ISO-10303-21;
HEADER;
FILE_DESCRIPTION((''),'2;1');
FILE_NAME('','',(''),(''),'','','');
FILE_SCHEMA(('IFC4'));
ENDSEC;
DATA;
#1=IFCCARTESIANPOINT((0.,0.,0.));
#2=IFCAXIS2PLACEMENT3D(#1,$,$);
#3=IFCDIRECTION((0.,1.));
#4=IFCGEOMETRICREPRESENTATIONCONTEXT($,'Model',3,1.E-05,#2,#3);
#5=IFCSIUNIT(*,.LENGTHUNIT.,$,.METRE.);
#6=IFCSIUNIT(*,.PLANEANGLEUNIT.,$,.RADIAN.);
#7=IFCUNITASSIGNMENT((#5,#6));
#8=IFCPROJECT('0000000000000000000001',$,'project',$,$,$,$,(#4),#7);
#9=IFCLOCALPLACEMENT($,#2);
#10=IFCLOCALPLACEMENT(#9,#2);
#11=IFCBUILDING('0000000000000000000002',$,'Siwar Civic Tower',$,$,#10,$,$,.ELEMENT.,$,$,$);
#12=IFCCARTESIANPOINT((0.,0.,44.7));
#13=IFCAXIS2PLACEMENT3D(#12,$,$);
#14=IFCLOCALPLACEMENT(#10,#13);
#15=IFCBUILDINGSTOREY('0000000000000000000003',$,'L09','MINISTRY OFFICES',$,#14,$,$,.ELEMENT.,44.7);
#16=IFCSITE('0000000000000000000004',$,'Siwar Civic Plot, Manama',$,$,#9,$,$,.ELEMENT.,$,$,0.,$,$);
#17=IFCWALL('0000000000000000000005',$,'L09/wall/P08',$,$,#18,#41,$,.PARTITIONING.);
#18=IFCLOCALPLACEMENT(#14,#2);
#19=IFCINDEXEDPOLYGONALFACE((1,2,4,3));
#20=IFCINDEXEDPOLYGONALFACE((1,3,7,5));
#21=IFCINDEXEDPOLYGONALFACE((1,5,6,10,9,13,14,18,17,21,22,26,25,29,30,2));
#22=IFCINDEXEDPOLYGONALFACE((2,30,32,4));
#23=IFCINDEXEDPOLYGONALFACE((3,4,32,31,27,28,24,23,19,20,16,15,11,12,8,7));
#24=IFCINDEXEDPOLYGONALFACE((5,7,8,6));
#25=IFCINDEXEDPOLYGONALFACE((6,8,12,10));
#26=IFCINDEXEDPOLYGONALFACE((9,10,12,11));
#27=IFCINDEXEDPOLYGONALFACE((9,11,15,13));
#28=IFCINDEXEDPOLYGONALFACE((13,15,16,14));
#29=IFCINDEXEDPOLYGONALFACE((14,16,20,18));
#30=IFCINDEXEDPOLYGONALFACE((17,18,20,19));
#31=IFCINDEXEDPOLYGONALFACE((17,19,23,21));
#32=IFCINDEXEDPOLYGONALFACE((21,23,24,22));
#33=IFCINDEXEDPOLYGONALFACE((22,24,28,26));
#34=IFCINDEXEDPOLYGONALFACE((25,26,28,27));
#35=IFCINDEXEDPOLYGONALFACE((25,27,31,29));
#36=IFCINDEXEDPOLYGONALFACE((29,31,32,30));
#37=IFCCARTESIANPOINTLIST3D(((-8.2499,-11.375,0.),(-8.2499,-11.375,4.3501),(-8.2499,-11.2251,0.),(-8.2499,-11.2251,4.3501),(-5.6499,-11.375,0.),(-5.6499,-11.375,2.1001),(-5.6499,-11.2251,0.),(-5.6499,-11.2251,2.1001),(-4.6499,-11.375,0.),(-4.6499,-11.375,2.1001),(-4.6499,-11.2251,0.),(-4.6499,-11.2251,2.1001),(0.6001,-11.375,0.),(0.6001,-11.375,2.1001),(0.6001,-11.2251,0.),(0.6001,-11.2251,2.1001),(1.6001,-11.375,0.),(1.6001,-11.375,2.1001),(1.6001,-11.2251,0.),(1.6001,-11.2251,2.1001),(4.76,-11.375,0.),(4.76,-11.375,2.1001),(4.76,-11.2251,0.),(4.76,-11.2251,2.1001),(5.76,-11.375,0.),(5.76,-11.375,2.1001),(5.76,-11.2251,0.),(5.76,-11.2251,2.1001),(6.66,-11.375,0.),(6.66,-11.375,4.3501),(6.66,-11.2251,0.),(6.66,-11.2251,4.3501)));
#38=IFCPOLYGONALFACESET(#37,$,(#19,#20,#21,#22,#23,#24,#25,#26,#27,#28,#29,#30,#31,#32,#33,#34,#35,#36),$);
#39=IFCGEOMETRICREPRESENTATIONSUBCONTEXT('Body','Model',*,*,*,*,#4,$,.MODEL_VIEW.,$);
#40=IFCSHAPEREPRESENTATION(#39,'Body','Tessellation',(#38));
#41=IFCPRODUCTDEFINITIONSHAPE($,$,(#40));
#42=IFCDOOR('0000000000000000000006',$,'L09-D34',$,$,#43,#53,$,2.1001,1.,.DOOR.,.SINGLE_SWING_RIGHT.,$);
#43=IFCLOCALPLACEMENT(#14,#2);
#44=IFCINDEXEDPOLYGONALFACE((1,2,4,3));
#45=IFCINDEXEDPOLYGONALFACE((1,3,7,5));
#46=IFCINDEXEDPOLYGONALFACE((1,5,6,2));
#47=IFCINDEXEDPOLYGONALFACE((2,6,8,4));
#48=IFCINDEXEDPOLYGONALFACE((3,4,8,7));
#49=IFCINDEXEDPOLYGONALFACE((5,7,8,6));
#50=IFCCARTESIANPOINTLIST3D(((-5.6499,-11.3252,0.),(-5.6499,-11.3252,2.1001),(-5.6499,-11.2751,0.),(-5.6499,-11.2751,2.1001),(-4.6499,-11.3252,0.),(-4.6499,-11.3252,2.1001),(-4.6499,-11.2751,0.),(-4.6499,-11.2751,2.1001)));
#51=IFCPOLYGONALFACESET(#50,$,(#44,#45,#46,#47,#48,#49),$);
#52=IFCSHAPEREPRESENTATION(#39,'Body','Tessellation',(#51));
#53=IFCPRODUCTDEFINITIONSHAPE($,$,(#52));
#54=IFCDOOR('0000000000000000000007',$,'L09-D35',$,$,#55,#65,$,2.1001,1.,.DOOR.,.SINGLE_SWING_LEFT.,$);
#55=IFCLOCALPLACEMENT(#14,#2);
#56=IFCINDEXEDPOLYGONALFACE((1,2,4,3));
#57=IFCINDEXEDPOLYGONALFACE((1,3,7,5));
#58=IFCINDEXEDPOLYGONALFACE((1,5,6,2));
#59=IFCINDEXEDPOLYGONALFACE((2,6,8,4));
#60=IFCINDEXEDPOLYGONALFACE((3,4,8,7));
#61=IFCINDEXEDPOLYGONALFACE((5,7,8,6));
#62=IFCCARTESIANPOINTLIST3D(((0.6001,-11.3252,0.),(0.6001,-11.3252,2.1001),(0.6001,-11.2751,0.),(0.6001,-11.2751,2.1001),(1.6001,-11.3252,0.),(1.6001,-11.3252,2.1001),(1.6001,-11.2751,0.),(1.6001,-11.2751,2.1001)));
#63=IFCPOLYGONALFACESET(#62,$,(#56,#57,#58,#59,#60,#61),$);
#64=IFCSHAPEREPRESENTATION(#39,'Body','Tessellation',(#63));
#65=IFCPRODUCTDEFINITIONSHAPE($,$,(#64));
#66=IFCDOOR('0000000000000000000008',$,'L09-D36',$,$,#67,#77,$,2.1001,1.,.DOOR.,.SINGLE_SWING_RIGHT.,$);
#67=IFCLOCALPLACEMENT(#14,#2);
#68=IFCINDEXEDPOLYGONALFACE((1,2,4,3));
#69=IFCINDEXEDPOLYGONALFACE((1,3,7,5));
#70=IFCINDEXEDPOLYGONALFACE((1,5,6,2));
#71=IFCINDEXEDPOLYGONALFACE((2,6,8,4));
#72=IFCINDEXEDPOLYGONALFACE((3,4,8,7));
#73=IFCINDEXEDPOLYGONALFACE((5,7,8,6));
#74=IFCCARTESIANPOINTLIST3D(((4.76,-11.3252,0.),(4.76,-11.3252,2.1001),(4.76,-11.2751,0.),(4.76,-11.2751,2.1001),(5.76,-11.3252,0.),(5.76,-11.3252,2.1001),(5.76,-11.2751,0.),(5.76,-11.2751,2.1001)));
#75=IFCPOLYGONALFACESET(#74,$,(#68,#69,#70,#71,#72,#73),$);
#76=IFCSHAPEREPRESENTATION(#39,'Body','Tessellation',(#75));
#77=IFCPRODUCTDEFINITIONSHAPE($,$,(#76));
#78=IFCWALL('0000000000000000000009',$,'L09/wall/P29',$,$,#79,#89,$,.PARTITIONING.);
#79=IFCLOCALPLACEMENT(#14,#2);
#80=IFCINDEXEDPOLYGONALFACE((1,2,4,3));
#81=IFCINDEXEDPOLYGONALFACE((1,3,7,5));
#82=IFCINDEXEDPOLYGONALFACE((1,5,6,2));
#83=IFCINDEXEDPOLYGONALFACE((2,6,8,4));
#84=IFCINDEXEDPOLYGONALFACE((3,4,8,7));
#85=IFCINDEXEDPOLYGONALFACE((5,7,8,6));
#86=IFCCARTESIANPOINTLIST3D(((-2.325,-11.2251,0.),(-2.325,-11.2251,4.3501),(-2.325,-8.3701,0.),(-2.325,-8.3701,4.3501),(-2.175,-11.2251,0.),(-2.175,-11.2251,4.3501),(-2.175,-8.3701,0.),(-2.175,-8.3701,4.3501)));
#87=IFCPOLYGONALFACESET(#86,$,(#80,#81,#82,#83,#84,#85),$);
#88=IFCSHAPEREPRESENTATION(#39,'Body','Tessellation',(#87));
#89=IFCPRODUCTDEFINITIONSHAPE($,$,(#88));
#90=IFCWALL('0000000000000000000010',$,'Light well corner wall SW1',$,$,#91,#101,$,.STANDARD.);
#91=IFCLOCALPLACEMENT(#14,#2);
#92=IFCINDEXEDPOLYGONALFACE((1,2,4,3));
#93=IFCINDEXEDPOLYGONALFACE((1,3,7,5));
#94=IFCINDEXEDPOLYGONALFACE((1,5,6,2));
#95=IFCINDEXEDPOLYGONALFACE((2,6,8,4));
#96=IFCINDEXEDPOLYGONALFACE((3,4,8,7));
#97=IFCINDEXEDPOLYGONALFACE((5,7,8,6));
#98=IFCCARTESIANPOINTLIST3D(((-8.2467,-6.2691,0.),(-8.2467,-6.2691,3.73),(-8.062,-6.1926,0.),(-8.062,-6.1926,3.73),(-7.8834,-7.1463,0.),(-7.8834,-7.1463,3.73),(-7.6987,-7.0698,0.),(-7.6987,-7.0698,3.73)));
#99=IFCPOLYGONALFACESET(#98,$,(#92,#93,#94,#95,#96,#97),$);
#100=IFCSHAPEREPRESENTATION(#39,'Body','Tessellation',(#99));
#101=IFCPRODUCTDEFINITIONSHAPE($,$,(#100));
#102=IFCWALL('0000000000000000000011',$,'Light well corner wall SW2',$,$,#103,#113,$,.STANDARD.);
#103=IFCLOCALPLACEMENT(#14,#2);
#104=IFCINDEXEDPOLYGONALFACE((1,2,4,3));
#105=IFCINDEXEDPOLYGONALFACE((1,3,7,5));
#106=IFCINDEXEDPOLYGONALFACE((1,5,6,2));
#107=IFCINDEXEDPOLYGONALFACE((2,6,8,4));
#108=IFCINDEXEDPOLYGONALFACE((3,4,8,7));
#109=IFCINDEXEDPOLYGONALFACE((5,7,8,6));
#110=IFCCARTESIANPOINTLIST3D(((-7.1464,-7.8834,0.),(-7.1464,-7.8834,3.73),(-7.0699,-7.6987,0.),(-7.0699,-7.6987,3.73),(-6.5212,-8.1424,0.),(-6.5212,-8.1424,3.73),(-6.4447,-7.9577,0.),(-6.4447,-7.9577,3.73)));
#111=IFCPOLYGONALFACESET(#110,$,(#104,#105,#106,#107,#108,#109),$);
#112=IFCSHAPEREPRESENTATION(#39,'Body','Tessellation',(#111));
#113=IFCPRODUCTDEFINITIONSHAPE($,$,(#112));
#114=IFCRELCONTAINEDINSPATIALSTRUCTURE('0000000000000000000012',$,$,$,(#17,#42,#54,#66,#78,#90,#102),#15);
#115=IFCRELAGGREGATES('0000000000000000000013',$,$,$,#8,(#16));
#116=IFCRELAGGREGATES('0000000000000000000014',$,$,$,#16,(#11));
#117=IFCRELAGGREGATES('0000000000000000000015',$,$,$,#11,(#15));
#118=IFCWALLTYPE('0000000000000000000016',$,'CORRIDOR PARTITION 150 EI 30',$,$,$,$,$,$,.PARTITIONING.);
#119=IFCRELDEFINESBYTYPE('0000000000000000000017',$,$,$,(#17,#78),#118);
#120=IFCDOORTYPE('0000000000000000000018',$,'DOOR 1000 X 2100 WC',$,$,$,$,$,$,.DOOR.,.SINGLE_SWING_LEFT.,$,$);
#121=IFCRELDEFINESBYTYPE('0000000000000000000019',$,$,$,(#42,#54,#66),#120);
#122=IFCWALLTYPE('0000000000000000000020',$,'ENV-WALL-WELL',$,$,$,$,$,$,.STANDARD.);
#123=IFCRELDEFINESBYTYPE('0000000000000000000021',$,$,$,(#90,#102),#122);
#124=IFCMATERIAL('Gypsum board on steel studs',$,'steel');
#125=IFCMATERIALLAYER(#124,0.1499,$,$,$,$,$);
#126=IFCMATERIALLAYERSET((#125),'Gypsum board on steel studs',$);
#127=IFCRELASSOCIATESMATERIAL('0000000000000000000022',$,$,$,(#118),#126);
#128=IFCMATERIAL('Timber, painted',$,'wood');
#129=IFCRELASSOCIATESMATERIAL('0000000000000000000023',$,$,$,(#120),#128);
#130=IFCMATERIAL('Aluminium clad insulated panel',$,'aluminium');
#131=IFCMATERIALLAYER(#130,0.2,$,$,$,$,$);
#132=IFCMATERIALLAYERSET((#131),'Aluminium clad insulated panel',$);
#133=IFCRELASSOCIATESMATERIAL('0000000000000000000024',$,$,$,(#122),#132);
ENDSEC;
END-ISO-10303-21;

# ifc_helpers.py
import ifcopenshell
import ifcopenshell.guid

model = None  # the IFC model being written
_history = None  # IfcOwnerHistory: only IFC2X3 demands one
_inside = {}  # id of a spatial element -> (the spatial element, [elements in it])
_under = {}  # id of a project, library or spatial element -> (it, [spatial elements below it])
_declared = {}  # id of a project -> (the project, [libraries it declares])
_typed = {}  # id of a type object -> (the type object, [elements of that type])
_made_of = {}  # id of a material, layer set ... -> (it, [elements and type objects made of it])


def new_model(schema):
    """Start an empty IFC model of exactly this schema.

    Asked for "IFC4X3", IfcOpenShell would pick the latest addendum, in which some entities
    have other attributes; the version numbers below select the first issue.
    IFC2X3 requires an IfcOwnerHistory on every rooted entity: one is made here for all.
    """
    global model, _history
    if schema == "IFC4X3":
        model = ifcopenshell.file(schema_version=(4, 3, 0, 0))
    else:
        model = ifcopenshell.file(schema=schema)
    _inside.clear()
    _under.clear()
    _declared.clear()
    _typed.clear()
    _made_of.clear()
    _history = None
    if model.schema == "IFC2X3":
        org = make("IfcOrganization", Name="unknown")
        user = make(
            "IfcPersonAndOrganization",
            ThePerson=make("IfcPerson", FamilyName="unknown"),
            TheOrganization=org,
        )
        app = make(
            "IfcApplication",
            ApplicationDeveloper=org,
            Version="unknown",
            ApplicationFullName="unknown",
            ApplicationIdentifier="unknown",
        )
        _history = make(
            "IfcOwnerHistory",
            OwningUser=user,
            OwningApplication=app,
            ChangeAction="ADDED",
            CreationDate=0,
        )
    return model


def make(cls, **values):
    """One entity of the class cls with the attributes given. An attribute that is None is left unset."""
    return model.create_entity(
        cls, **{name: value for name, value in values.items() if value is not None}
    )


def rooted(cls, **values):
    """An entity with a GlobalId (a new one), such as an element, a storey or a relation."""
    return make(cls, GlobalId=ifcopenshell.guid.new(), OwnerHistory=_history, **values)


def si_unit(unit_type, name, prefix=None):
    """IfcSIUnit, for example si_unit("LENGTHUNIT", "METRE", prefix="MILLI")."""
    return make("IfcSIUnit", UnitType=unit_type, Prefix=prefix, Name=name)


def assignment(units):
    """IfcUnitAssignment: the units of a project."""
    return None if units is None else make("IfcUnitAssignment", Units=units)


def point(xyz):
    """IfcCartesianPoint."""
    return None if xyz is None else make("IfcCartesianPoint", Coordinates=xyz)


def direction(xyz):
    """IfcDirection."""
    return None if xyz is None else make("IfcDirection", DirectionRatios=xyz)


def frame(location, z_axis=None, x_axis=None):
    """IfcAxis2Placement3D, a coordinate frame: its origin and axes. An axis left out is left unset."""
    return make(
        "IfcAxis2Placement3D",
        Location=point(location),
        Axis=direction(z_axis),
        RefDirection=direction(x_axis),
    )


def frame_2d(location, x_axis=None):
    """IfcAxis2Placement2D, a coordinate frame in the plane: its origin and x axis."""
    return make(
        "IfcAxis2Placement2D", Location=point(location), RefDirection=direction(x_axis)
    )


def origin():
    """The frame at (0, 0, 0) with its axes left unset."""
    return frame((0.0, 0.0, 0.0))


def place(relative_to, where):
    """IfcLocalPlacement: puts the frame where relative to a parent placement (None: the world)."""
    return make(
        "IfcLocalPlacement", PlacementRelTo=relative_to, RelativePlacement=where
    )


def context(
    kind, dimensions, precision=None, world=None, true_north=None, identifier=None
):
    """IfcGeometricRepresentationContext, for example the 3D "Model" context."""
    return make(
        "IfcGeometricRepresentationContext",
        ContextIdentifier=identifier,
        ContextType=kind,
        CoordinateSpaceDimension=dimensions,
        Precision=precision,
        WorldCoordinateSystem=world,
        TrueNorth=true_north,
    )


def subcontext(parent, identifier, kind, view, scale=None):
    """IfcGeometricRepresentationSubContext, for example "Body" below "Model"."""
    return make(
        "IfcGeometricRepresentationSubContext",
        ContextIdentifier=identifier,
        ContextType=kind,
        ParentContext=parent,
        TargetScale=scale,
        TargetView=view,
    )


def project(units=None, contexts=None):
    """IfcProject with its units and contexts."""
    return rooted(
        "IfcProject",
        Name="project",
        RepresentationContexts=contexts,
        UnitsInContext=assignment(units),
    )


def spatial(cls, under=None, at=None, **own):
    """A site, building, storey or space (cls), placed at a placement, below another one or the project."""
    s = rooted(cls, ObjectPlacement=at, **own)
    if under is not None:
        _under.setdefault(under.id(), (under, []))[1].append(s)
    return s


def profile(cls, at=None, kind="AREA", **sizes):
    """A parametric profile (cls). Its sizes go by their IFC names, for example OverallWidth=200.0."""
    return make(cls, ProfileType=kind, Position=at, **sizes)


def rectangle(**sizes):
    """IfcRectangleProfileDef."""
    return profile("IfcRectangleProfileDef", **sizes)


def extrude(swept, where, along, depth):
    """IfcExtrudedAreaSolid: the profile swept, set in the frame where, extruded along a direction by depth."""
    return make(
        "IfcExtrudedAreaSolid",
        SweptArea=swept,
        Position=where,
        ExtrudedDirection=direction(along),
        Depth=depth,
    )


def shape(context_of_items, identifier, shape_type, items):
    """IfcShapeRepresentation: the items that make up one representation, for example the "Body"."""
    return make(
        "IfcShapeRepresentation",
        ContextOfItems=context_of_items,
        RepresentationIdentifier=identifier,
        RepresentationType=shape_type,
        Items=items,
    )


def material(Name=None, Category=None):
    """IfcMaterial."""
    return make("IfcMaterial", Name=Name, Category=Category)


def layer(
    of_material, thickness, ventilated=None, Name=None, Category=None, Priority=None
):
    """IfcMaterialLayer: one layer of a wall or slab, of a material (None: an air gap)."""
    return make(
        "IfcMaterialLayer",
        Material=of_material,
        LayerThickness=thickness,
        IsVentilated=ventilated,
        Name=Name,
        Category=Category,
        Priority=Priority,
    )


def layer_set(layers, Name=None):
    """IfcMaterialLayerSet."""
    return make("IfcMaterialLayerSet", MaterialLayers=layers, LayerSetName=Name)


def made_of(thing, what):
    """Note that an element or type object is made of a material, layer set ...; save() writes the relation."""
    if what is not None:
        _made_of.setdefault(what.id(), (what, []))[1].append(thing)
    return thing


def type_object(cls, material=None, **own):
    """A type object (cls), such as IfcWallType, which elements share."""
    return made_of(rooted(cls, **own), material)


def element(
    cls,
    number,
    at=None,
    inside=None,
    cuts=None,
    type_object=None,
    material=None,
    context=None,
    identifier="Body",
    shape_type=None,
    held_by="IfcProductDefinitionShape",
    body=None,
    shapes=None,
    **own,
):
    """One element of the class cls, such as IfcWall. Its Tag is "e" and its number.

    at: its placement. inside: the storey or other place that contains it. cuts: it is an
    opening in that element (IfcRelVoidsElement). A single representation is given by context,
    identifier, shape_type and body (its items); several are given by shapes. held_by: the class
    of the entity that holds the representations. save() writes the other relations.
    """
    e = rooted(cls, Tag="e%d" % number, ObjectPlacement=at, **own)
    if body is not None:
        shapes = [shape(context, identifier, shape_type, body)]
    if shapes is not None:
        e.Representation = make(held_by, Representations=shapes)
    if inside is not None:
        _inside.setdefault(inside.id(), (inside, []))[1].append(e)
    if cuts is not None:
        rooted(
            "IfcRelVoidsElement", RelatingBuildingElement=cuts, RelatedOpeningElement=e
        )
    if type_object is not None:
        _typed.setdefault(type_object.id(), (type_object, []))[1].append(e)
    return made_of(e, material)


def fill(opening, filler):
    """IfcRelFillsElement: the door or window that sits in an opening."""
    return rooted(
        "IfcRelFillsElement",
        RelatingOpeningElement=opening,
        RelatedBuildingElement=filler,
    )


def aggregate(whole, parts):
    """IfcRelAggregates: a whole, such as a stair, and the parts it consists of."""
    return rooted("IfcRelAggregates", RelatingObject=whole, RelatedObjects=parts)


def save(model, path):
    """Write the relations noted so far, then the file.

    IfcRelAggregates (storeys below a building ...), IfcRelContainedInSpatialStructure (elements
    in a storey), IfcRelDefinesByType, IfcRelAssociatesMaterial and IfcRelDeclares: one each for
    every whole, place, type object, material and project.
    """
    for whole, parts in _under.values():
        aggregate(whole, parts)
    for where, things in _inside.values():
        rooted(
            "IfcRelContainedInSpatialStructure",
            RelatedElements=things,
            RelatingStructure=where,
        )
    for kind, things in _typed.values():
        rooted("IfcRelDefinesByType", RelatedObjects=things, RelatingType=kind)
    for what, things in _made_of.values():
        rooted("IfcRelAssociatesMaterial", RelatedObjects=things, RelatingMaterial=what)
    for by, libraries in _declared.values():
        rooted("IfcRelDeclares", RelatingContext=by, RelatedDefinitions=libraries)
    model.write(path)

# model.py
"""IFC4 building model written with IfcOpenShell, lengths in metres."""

from ifc_helpers import new_model, si_unit, direction, frame, frame_2d, origin, place, context, subcontext, project, spatial, rectangle, extrude, material, layer, layer_set, type_object, element, fill, save


model = new_model("IFC4")

# Units and contexts
model_context = context("Model", 3, precision=1e-05, world=origin(), true_north=direction((0.0, 1.0)))
body_context = subcontext(model_context, "Body", "Model", "MODEL_VIEW")
ifc_project = project(units=[si_unit("LENGTHUNIT", "METRE"), si_unit("PLANEANGLEUNIT", "RADIAN")], contexts=[model_context])

# Site, building, storey
site_placement = place(None, origin())
site = spatial("IfcSite", under=ifc_project, at=site_placement, Name="Siwar Civic Plot, Manama", CompositionType="ELEMENT", RefElevation=0.0)
building_placement = place(site_placement, origin())
building = spatial("IfcBuilding", under=site, at=building_placement, Name="Siwar Civic Tower", CompositionType="ELEMENT")
storey_placement = place(building_placement, frame((0.0, 0.0, 44.7)))
storey = spatial("IfcBuildingStorey", under=building, at=storey_placement, Name="L09", Description="MINISTRY OFFICES", CompositionType="ELEMENT", Elevation=44.7)

# Wall, openings, doors
ifc_material_1 = material(Name="Gypsum board on steel studs", Category="steel")
ifc_layer_1 = layer(ifc_material_1, 0.1499)
ifc_layer_set_1 = layer_set([ifc_layer_1], Name="Gypsum board on steel studs")
wall_type_1 = type_object("IfcWallType", Name="CORRIDOR PARTITION 150 EI 30", PredefinedType="PARTITIONING", material=ifc_layer_set_1)
wall_1_placement = place(storey_placement, frame((-8.25, -11.3, 0.0), z_axis=(0.0, 0.0, 1.0), x_axis=(1.0, 0.0, 0.0)))
wall_1 = element("IfcWall", 1, at=wall_1_placement, inside=storey, type_object=wall_type_1, Name="L09/wall/P08", PredefinedType="PARTITIONING", context=body_context, shape_type="SweptSolid", body=[
    extrude(rectangle(XDim=14.9099, YDim=0.1499, at=frame_2d((7.4551, 0.0))), origin(), (0.0, 0.0, 1.0), 4.3501),
])
opening_1_placement = place(wall_1_placement, frame((2.6001, 0.0, 0.0)))
opening_1 = element("IfcOpeningElement", 2, at=opening_1_placement, cuts=wall_1, PredefinedType="OPENING", context=body_context, shape_type="SweptSolid", body=[
    extrude(rectangle(XDim=1.0, YDim=2.1001, at=frame_2d((0.5, 1.05))), frame((0.0, 0.085, 0.0), z_axis=(0.0, -1.0, 0.0), x_axis=(1.0, 0.0, 0.0)), (0.0, 0.0, 1.0), 0.1699),
])
opening_2_placement = place(wall_1_placement, frame((8.8501, 0.0, 0.0)))
opening_2 = element("IfcOpeningElement", 3, at=opening_2_placement, cuts=wall_1, PredefinedType="OPENING", context=body_context, shape_type="SweptSolid", body=[
    extrude(rectangle(XDim=1.0, YDim=2.1001, at=frame_2d((0.5, 1.05))), frame((0.0, 0.085, 0.0), z_axis=(0.0, -1.0, 0.0), x_axis=(1.0, 0.0, 0.0)), (0.0, 0.0, 1.0), 0.1699),
])
opening_3_placement = place(wall_1_placement, frame((13.01, 0.0, 0.0)))
opening_3 = element("IfcOpeningElement", 4, at=opening_3_placement, cuts=wall_1, PredefinedType="OPENING", context=body_context, shape_type="SweptSolid", body=[
    extrude(rectangle(XDim=1.0, YDim=2.1001, at=frame_2d((0.5, 1.05))), frame((0.0, 0.085, 0.0), z_axis=(0.0, -1.0, 0.0), x_axis=(1.0, 0.0, 0.0)), (0.0, 0.0, 1.0), 0.1699),
])
ifc_material_2 = material(Name="Timber, painted", Category="wood")
door_type = type_object("IfcDoorType", Name="DOOR 1000 X 2100 WC", OperationType="SINGLE_SWING_LEFT", PredefinedType="DOOR", material=ifc_material_2)
door_1_placement = place(opening_1_placement, origin())
door_1 = element("IfcDoor", 5, at=door_1_placement, inside=storey, type_object=door_type, Name="L09-D34", OperationType="SINGLE_SWING_RIGHT", OverallHeight=2.1001, OverallWidth=1.0, PredefinedType="DOOR", context=body_context, shape_type="SweptSolid", body=[
    extrude(rectangle(XDim=1.0, YDim=2.1001, at=frame_2d((0.5, 1.05))), frame((0.0, 0.0249, 0.0), z_axis=(0.0, -1.0, 0.0), x_axis=(1.0, 0.0, 0.0)), (0.0, 0.0, 1.0), 0.05),
])
fill(opening_1, door_1)
door_2_placement = place(opening_2_placement, origin())
door_2 = element("IfcDoor", 6, at=door_2_placement, inside=storey, type_object=door_type, Name="L09-D35", OperationType="SINGLE_SWING_LEFT", OverallHeight=2.1001, OverallWidth=1.0, PredefinedType="DOOR", context=body_context, shape_type="SweptSolid", body=[
    extrude(rectangle(XDim=1.0, YDim=2.1001, at=frame_2d((0.5, 1.05))), frame((0.0, 0.0249, 0.0), z_axis=(0.0, -1.0, 0.0), x_axis=(1.0, 0.0, 0.0)), (0.0, 0.0, 1.0), 0.05),
])
fill(opening_2, door_2)
door_3_placement = place(opening_3_placement, origin())
door_3 = element("IfcDoor", 7, at=door_3_placement, inside=storey, type_object=door_type, Name="L09-D36", OperationType="SINGLE_SWING_RIGHT", OverallHeight=2.1001, OverallWidth=1.0, PredefinedType="DOOR", context=body_context, shape_type="SweptSolid", body=[
    extrude(rectangle(XDim=1.0, YDim=2.1001, at=frame_2d((0.5, 1.05))), frame((0.0, 0.0249, 0.0), z_axis=(0.0, -1.0, 0.0), x_axis=(1.0, 0.0, 0.0)), (0.0, 0.0, 1.0), 0.05),
])
fill(opening_3, door_3)

# Walls
wall_2_placement = place(storey_placement, frame((-2.25, -11.2251, 0.0), z_axis=(0.0, 0.0, 1.0), x_axis=(0.0, 1.0, 0.0)))
element("IfcWall", 8, at=wall_2_placement, inside=storey, type_object=wall_type_1, Name="L09/wall/P29", PredefinedType="PARTITIONING", context=body_context, shape_type="SweptSolid", body=[
    extrude(rectangle(XDim=2.855, YDim=0.1499, at=frame_2d((1.4275, 0.0))), origin(), (0.0, 0.0, 1.0), 4.3501),
])
ifc_material_3 = material(Name="Aluminium clad insulated panel", Category="aluminium")
ifc_layer_2 = layer(ifc_material_3, 0.2)
ifc_layer_set_2 = layer_set([ifc_layer_2], Name="Aluminium clad insulated panel")
wall_type_2 = type_object("IfcWallType", Name="ENV-WALL-WELL", PredefinedType="STANDARD", material=ifc_layer_set_2)
wall_3_placement = place(storey_placement, frame((-8.1543, -6.231, 0.0), z_axis=(0.0, 0.0, 1.0), x_axis=(0.382624, -0.923904, 0.0)))
element("IfcWall", 9, at=wall_3_placement, inside=storey, type_object=wall_type_2, Name="Light well corner wall SW1", PredefinedType="STANDARD", context=body_context, shape_type="SweptSolid", body=[
    extrude(rectangle(XDim=0.9495, YDim=0.2, at=frame_2d((0.4746, 0.0))), origin(), (0.0, 0.0, 1.0), 3.73),
])
wall_4_placement = place(storey_placement, frame((-7.1082, -7.791, 0.0), z_axis=(0.0, 0.0, 1.0), x_axis=(0.923854, -0.382745, 0.0)))
element("IfcWall", 10, at=wall_4_placement, inside=storey, type_object=wall_type_2, Name="Light well corner wall SW2", PredefinedType="STANDARD", context=body_context, shape_type="SweptSolid", body=[
    extrude(rectangle(XDim=0.6768, YDim=0.2, at=frame_2d((0.3384, 0.0))), origin(), (0.0, 0.0, 1.0), 3.73),
])

save(model, "model.ifc")
